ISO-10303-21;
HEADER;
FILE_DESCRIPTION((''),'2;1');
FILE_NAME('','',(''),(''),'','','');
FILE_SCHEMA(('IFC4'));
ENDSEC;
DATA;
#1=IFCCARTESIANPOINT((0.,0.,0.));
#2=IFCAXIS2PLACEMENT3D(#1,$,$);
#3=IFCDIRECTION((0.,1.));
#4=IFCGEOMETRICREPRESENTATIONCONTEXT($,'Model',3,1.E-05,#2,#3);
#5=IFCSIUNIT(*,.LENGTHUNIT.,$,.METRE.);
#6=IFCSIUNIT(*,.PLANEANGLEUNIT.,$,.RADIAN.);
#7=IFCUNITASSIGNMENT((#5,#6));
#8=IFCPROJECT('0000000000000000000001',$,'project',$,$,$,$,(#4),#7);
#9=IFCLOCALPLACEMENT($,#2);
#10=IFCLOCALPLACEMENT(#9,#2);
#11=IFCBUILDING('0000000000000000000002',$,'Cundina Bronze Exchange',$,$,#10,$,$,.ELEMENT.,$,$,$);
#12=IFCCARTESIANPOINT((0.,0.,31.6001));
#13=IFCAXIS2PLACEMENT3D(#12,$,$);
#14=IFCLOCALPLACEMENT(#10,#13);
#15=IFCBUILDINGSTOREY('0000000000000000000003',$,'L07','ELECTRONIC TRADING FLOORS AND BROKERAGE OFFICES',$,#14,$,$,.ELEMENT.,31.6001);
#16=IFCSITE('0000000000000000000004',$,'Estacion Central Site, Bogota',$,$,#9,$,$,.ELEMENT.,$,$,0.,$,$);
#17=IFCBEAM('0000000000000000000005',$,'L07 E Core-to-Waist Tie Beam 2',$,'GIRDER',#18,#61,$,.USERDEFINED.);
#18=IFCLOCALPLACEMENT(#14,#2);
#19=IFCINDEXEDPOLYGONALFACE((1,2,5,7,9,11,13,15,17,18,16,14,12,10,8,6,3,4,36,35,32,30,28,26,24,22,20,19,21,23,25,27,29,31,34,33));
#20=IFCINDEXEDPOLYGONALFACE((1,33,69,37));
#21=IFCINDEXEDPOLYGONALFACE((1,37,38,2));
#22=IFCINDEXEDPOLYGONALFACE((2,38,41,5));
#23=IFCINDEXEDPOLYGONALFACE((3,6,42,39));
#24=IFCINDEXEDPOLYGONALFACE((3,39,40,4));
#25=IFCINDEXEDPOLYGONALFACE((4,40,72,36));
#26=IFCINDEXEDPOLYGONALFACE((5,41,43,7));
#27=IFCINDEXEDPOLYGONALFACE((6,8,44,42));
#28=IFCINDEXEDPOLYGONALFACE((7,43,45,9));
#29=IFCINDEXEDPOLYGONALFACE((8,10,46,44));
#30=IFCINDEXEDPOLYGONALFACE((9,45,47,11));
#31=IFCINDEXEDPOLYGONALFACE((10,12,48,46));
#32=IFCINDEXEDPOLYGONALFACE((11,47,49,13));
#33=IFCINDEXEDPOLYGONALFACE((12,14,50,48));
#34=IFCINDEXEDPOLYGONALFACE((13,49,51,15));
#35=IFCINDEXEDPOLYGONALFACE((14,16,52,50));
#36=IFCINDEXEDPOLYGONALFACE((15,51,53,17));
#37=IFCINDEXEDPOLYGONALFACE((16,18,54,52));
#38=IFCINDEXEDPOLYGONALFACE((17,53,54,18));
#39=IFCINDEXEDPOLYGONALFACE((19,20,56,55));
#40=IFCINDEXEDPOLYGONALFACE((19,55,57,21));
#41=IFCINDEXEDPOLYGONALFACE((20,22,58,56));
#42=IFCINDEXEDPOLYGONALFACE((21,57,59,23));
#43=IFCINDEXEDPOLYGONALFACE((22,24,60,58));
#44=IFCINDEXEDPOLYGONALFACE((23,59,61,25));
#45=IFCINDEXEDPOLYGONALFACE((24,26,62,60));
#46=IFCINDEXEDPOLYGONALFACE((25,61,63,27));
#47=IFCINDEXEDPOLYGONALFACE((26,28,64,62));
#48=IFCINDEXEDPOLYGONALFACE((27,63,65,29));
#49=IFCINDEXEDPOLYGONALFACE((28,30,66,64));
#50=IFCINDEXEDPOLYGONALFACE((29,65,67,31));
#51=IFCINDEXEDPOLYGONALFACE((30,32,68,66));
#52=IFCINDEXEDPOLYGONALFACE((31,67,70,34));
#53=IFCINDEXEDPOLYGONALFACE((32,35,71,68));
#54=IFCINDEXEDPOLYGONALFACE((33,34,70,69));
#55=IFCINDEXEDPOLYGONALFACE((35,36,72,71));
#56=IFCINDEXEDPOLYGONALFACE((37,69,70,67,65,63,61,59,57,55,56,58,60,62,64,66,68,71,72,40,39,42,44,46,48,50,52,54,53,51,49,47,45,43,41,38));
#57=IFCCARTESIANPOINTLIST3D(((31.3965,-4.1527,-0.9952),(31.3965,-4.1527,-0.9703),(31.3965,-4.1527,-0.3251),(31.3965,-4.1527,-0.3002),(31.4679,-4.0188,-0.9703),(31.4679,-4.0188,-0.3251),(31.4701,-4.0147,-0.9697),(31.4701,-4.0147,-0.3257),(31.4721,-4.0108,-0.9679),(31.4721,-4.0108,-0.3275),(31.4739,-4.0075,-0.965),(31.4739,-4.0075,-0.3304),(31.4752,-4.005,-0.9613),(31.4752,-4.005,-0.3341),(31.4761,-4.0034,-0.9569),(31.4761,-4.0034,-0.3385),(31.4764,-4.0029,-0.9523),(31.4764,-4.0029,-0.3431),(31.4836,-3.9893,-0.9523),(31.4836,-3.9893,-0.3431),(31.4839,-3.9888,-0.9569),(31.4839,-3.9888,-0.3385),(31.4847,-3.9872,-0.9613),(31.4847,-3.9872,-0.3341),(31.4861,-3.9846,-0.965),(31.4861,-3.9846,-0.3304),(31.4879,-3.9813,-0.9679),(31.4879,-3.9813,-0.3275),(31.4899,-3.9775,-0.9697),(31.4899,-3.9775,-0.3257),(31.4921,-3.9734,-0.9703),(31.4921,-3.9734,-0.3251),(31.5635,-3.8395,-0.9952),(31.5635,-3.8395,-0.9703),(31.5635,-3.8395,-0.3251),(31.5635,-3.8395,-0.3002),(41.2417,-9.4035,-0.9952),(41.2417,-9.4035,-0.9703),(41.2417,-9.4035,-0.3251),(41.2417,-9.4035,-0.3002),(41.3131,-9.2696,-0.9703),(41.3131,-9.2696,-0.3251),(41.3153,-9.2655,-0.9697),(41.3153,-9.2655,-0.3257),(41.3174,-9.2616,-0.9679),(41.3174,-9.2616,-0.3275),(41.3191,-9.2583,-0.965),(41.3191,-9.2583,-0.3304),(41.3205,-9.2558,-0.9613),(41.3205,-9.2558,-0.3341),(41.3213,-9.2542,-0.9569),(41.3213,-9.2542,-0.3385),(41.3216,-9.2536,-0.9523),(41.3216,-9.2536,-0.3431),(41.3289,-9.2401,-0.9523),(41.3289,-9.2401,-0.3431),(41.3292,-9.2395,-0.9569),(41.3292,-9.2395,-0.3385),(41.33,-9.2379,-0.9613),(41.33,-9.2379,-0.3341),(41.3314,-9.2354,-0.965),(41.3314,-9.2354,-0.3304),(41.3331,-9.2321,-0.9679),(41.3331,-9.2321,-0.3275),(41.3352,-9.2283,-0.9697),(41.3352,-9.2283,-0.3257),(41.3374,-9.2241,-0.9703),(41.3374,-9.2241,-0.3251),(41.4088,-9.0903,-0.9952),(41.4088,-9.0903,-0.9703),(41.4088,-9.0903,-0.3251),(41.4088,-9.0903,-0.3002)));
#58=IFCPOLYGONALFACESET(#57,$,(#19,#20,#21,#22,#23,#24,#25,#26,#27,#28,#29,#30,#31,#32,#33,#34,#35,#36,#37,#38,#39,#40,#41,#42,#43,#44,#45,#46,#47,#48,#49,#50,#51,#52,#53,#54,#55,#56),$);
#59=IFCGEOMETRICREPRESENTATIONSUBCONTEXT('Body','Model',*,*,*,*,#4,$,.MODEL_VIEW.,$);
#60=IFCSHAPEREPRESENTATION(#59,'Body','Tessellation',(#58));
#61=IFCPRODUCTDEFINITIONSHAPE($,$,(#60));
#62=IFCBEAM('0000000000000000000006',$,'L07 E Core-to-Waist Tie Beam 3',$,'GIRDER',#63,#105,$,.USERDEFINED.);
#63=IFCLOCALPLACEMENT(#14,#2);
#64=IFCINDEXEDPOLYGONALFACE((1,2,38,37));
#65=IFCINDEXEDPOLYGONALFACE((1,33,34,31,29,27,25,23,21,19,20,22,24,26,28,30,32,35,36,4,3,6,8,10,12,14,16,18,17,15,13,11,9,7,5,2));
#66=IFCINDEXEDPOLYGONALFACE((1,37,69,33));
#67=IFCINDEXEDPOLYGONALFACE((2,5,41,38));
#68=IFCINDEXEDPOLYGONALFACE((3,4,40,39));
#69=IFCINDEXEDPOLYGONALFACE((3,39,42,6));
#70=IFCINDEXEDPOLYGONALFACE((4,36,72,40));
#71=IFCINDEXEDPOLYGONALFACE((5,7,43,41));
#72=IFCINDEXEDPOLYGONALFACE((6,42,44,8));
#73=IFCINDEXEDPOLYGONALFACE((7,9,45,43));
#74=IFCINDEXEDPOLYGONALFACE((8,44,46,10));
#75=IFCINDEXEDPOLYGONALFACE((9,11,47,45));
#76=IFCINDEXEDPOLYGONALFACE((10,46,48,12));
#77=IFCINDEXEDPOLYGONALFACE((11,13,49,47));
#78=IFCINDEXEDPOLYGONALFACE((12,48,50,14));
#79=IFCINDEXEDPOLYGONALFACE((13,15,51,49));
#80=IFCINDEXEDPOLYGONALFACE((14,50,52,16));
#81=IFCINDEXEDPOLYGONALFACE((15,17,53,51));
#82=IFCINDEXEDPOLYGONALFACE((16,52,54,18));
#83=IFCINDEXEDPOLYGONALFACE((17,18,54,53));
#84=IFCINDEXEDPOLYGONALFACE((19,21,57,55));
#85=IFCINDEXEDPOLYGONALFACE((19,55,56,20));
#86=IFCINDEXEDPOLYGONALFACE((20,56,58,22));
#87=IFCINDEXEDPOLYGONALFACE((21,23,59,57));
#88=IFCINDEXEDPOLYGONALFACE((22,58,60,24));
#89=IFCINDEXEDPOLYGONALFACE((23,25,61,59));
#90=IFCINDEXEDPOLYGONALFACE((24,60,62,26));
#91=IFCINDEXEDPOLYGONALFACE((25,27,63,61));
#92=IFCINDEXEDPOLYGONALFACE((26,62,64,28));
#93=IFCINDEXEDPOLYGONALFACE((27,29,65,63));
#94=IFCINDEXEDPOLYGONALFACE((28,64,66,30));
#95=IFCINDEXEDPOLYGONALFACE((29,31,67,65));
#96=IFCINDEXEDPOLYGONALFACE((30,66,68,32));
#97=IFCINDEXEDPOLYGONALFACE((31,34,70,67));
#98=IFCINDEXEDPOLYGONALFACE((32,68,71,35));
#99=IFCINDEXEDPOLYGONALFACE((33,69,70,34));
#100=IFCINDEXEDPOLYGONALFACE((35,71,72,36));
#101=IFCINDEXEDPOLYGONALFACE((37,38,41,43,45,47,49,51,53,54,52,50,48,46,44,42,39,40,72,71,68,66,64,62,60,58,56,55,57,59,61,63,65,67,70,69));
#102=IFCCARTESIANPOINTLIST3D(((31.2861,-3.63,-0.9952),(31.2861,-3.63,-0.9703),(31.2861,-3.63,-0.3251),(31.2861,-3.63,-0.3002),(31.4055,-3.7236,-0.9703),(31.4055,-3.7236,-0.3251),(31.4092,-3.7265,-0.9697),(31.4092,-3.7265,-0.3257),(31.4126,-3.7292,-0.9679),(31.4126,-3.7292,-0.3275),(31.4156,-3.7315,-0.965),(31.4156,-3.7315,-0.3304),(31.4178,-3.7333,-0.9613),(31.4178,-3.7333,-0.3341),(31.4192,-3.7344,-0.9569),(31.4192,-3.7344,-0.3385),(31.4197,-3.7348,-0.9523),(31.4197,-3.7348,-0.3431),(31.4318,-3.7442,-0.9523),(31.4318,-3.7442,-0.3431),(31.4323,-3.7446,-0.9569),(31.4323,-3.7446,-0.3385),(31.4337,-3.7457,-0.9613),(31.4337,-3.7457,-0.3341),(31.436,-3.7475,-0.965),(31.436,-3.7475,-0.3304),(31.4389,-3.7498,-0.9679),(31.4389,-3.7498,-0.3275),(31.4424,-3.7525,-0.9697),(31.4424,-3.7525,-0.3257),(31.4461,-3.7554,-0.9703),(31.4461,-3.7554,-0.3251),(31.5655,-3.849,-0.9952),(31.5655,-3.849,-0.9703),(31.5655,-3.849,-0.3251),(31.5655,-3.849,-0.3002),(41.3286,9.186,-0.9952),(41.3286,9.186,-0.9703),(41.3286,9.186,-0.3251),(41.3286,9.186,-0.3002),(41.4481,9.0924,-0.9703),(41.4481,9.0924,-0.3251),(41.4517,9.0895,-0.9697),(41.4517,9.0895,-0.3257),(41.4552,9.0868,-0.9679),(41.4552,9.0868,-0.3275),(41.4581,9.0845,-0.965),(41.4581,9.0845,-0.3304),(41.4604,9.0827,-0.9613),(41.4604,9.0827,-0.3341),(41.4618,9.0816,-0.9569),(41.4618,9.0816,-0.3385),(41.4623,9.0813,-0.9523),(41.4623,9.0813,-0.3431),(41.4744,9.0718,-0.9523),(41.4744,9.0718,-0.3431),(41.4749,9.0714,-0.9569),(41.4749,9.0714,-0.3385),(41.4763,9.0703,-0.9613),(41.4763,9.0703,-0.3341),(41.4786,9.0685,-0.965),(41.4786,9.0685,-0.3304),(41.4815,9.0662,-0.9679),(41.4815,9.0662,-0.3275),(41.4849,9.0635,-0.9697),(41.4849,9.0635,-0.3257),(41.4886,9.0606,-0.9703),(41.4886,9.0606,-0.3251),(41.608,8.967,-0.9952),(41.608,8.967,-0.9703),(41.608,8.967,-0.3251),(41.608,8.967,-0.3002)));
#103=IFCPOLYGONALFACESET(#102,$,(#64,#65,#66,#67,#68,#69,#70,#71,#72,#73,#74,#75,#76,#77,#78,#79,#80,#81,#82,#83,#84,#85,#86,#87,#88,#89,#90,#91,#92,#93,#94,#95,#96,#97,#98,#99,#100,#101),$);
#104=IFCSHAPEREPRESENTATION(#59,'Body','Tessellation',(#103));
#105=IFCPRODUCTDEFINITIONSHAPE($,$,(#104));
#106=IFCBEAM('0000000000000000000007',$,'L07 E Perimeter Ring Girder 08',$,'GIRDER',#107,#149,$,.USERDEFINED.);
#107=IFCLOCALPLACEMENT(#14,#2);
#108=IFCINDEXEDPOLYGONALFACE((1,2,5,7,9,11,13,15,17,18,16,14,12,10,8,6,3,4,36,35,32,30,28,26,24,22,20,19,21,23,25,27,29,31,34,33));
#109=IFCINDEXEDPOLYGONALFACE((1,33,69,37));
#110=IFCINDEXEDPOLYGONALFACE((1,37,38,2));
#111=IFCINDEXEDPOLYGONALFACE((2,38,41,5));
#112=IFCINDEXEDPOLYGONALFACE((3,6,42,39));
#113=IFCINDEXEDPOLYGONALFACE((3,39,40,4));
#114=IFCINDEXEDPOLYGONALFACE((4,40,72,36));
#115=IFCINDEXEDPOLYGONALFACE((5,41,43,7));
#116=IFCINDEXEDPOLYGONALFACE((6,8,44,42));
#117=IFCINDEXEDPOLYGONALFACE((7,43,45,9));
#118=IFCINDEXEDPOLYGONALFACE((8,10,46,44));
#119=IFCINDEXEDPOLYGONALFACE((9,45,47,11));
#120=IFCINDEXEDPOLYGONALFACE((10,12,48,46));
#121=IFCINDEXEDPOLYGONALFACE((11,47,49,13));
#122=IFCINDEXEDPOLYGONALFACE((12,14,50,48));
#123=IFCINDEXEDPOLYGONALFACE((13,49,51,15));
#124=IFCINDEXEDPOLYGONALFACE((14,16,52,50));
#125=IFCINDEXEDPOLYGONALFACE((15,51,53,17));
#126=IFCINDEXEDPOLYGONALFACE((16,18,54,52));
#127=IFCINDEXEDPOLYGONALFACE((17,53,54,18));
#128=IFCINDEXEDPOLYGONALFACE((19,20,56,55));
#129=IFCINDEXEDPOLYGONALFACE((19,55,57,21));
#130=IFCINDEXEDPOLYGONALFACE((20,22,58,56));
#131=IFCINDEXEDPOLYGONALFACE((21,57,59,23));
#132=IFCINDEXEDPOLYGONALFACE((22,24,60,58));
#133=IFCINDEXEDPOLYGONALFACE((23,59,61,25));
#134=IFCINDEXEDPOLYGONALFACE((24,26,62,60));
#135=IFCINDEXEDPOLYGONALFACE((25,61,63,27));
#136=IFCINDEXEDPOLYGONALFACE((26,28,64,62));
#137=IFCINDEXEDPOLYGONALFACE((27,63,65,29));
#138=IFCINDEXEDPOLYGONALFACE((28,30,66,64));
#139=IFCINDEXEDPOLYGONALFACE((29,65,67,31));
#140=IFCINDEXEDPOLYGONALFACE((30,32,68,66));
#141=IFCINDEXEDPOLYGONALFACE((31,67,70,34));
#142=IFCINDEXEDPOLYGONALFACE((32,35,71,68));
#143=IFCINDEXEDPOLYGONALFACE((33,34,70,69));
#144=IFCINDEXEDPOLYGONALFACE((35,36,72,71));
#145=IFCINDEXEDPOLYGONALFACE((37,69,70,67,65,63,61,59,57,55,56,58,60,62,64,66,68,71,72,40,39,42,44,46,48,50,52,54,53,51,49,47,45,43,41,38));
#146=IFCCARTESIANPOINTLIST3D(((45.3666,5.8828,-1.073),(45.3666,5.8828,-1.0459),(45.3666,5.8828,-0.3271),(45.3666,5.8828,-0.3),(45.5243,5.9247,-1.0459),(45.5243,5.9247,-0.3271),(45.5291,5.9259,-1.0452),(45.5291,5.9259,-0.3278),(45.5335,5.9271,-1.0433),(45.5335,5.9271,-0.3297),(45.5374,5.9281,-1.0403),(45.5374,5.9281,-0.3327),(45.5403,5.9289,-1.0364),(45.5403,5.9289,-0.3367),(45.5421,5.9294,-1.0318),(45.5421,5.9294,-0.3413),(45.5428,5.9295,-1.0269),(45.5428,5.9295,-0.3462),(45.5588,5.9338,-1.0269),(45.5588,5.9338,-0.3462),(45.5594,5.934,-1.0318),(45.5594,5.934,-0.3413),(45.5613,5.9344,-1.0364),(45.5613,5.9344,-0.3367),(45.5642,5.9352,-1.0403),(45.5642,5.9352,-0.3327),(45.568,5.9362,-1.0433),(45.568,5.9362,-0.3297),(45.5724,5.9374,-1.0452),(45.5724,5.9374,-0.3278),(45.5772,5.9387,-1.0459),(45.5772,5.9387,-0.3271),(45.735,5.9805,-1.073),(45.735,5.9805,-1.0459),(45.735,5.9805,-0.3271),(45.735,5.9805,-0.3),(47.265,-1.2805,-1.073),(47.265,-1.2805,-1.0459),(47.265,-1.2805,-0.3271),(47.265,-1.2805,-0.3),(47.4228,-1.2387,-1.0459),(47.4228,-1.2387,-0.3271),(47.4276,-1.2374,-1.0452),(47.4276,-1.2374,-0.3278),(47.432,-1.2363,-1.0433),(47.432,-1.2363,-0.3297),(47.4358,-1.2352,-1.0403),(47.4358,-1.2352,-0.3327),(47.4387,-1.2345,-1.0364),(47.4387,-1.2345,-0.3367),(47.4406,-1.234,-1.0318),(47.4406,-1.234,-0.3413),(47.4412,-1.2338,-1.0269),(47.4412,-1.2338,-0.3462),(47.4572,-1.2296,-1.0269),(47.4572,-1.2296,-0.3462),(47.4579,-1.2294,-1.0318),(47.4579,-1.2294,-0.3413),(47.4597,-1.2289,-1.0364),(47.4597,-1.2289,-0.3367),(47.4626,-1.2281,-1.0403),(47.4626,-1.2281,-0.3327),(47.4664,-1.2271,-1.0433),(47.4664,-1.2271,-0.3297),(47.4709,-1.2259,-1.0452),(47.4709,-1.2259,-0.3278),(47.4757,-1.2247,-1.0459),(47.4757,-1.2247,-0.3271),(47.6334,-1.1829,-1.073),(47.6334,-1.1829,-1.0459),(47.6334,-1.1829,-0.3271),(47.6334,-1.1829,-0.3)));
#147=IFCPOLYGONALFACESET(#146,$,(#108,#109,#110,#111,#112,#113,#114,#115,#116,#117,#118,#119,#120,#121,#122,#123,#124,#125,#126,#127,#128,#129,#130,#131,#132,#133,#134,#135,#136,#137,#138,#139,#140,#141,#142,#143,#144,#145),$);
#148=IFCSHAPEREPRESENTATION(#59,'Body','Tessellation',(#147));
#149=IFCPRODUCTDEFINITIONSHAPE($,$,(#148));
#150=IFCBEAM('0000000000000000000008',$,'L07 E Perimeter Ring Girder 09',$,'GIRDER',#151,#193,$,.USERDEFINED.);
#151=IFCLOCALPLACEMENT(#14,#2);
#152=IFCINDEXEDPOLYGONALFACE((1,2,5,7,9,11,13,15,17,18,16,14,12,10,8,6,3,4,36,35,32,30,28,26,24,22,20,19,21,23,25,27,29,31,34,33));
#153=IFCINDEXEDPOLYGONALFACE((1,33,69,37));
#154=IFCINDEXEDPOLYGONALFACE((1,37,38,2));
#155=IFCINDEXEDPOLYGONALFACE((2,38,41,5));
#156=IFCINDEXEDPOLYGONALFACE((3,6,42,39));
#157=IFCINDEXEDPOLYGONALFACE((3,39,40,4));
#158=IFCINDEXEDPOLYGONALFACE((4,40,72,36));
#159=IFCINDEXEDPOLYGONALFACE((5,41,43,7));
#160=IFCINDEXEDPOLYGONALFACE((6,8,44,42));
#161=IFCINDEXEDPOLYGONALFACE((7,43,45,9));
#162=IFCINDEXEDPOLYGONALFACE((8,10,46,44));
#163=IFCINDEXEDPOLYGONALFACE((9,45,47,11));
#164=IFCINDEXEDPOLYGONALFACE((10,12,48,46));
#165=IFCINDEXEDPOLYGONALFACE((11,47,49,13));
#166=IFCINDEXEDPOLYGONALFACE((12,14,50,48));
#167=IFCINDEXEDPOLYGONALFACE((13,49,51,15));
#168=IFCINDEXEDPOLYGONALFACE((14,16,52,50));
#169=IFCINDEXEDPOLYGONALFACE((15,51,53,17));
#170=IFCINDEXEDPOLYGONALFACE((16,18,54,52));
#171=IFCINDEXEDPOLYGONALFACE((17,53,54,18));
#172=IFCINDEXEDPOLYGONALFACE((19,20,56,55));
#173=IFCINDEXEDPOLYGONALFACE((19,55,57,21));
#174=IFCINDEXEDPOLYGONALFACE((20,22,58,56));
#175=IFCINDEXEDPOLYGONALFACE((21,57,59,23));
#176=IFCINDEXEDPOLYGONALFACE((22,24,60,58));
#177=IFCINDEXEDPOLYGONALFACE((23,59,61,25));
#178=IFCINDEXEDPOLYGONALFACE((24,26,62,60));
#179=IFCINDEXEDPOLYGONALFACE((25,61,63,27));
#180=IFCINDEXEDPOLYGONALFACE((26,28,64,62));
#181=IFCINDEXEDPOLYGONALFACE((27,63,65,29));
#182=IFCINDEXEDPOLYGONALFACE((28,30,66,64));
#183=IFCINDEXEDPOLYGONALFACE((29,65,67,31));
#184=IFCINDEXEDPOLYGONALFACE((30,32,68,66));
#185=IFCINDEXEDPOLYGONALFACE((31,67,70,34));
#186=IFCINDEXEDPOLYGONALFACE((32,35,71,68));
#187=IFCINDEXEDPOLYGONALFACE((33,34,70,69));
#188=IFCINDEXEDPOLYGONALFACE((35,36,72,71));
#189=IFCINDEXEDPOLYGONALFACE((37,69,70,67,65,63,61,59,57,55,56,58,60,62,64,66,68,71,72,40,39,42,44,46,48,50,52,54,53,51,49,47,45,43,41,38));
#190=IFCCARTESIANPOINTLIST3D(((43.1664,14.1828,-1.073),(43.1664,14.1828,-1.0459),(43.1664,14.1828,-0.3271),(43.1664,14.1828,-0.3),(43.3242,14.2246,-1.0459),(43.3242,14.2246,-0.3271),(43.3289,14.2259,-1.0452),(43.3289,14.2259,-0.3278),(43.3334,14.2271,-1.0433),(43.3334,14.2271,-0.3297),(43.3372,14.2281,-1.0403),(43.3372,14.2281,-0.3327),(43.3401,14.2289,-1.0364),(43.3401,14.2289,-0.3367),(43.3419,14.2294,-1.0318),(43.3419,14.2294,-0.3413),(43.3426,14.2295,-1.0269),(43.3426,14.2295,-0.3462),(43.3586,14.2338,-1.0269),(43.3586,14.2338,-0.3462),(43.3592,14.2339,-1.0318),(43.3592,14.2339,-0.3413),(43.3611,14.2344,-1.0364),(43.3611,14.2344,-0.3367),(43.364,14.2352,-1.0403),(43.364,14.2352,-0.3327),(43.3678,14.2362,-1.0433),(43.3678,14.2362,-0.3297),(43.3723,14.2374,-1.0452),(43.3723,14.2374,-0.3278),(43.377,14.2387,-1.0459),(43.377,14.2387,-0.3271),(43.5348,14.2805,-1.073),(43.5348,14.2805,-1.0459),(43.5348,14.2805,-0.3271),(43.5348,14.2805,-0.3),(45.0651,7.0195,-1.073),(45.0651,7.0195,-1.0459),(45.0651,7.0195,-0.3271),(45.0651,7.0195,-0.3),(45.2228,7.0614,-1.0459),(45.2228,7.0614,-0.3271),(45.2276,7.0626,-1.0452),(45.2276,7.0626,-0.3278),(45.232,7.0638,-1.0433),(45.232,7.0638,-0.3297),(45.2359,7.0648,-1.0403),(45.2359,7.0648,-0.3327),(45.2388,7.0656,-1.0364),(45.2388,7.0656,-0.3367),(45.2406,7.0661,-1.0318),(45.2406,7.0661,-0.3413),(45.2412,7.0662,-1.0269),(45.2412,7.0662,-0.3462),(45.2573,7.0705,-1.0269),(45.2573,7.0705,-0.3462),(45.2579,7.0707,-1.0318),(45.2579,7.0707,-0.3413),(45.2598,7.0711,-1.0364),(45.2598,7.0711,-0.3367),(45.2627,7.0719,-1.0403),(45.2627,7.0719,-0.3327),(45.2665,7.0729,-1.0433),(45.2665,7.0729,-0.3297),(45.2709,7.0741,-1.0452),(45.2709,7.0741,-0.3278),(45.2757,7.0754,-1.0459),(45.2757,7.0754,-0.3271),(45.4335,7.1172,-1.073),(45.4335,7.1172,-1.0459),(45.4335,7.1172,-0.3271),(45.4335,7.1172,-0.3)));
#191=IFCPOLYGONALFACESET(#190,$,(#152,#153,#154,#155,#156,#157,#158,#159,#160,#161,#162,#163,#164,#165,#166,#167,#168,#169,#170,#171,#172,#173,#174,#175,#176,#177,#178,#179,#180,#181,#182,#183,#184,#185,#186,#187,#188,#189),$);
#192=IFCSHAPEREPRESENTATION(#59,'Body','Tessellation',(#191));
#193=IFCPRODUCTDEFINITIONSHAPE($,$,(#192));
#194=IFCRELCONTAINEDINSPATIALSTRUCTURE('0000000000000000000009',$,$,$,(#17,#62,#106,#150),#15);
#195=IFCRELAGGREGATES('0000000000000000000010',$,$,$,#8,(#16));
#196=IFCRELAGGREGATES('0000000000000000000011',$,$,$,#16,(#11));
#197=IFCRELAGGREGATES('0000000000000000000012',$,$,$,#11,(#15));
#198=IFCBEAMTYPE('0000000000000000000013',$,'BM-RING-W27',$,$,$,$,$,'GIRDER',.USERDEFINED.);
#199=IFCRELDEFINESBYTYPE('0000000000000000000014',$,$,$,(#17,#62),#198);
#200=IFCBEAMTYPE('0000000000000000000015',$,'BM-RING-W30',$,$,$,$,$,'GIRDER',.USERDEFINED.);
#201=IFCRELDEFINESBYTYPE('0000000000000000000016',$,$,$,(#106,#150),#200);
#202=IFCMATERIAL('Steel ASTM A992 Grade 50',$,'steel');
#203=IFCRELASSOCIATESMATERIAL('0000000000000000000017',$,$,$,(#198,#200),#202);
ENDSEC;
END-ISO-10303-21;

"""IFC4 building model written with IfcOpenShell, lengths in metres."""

from ifc_helpers import new_model, si_unit, direction, frame, origin, origin_2d, place, context, subcontext, project, spatial, i_section, extrude, material, material_profile, profile_set, type_object, element, save


model = new_model("IFC4")

# Units and contexts
model_context = context("Model", 3, precision=1e-05, world=origin(), true_north=direction((0.0, 1.0)))
body_context = subcontext(model_context, "Body", "Model", "MODEL_VIEW")
ifc_project = project(units=[si_unit("LENGTHUNIT", "METRE"), si_unit("PLANEANGLEUNIT", "RADIAN")], contexts=[model_context])

# Site, building, storey
site_placement = place(None, origin())
site = spatial("IfcSite", under=ifc_project, at=site_placement, Name="Estacion Central Site, Bogota", CompositionType="ELEMENT", RefElevation=0.0)
building_placement = place(site_placement, origin())
building = spatial("IfcBuilding", under=site, at=building_placement, Name="Cundina Bronze Exchange", CompositionType="ELEMENT")
storey_placement = place(building_placement, frame((0.0, 0.0, 31.6001)))
storey = spatial("IfcBuildingStorey", under=building, at=storey_placement, Name="L07", Description="ELECTRONIC TRADING FLOORS AND BROKERAGE OFFICES", CompositionType="ELEMENT", Elevation=31.6001)

# Shared definitions
ifc_material_1 = material(Name="Steel ASTM A992 Grade 50", Category="steel")

# Beams
ifc_material_profile_1 = material_profile(ifc_material_1, i_section(OverallWidth=0.355, OverallDepth=0.6951, WebThickness=0.0154, FlangeThickness=0.0249, FilletRadius=0.0181, at=origin_2d()), Name="W27X146", Category="steel")
ifc_profile_set_1 = profile_set([ifc_material_profile_1], Name="Steel ASTM A992 Grade 50")
beam_type_1 = type_object("IfcBeamType", Name="BM-RING-W27", ElementType="GIRDER", PredefinedType="USERDEFINED", material=ifc_profile_set_1)
beam_1_placement = place(storey_placement, frame((31.48, -3.9961, -0.6477), z_axis=(0.882355, -0.470585, 0.0), x_axis=(0.470585, 0.882355, 0.0)))
element("IfcBeam", 1, at=beam_1_placement, inside=storey, type_object=beam_type_1, Name="L07 E Core-to-Waist Tie Beam 2", ObjectType="GIRDER", PredefinedType="USERDEFINED", context=body_context, shape_type="SweptSolid", body=[
    extrude(i_section(OverallWidth=0.355, OverallDepth=0.6951, WebThickness=0.0154, FlangeThickness=0.0249, FilletRadius=0.0181, at=origin_2d()), origin(), (0.0, 0.0, 1.0), 11.158),
])
beam_2_placement = place(storey_placement, frame((31.4258, -3.7395, -0.6477), z_axis=(0.616789, 0.787128, 0.0), x_axis=(-0.787128, 0.616789, 0.0)))
element("IfcBeam", 2, at=beam_2_placement, inside=storey, type_object=beam_type_1, Name="L07 E Core-to-Waist Tie Beam 3", ObjectType="GIRDER", PredefinedType="USERDEFINED", context=body_context, shape_type="SweptSolid", body=[
    extrude(i_section(OverallWidth=0.355, OverallDepth=0.6951, WebThickness=0.0154, FlangeThickness=0.0249, FilletRadius=0.0181, at=origin_2d()), origin(), (0.0, 0.0, 1.0), 16.282),
])
ifc_material_profile_2 = material_profile(ifc_material_1, i_section(OverallWidth=0.3811, OverallDepth=0.7729, WebThickness=0.0166, FlangeThickness=0.0271, FilletRadius=0.019, at=origin_2d()), Name="W30X173", Category="steel")
ifc_profile_set_2 = profile_set([ifc_material_profile_2], Name="Steel ASTM A992 Grade 50")
beam_type_2 = type_object("IfcBeamType", Name="BM-RING-W30", ElementType="GIRDER", PredefinedType="USERDEFINED", material=ifc_profile_set_2)
for number, where, z_axis, x_axis, name in (
    (3, (47.4492, -1.2317, -0.6865), (-0.256178, 0.96663, 0.0), (-0.96663, -0.256178, 0.0), "L07 E Perimeter Ring Girder 08"),
    (4, (45.2493, 7.0684, -0.6865), (-0.256209, 0.966622, 0.0), (-0.966622, -0.256209, 0.0), "L07 E Perimeter Ring Girder 09"),
):
    element("IfcBeam", number, at=place(storey_placement, frame(where, z_axis=z_axis, x_axis=x_axis)), inside=storey, type_object=beam_type_2, Name=name, ObjectType="GIRDER", PredefinedType="USERDEFINED", context=body_context, shape_type="SweptSolid", body=[
        extrude(i_section(OverallWidth=0.3811, OverallDepth=0.7729, WebThickness=0.0166, FlangeThickness=0.0271, FilletRadius=0.019, at=origin_2d()), origin(), (0.0, 0.0, 1.0), 7.4106),
    ])

save(model, "model.ifc")
